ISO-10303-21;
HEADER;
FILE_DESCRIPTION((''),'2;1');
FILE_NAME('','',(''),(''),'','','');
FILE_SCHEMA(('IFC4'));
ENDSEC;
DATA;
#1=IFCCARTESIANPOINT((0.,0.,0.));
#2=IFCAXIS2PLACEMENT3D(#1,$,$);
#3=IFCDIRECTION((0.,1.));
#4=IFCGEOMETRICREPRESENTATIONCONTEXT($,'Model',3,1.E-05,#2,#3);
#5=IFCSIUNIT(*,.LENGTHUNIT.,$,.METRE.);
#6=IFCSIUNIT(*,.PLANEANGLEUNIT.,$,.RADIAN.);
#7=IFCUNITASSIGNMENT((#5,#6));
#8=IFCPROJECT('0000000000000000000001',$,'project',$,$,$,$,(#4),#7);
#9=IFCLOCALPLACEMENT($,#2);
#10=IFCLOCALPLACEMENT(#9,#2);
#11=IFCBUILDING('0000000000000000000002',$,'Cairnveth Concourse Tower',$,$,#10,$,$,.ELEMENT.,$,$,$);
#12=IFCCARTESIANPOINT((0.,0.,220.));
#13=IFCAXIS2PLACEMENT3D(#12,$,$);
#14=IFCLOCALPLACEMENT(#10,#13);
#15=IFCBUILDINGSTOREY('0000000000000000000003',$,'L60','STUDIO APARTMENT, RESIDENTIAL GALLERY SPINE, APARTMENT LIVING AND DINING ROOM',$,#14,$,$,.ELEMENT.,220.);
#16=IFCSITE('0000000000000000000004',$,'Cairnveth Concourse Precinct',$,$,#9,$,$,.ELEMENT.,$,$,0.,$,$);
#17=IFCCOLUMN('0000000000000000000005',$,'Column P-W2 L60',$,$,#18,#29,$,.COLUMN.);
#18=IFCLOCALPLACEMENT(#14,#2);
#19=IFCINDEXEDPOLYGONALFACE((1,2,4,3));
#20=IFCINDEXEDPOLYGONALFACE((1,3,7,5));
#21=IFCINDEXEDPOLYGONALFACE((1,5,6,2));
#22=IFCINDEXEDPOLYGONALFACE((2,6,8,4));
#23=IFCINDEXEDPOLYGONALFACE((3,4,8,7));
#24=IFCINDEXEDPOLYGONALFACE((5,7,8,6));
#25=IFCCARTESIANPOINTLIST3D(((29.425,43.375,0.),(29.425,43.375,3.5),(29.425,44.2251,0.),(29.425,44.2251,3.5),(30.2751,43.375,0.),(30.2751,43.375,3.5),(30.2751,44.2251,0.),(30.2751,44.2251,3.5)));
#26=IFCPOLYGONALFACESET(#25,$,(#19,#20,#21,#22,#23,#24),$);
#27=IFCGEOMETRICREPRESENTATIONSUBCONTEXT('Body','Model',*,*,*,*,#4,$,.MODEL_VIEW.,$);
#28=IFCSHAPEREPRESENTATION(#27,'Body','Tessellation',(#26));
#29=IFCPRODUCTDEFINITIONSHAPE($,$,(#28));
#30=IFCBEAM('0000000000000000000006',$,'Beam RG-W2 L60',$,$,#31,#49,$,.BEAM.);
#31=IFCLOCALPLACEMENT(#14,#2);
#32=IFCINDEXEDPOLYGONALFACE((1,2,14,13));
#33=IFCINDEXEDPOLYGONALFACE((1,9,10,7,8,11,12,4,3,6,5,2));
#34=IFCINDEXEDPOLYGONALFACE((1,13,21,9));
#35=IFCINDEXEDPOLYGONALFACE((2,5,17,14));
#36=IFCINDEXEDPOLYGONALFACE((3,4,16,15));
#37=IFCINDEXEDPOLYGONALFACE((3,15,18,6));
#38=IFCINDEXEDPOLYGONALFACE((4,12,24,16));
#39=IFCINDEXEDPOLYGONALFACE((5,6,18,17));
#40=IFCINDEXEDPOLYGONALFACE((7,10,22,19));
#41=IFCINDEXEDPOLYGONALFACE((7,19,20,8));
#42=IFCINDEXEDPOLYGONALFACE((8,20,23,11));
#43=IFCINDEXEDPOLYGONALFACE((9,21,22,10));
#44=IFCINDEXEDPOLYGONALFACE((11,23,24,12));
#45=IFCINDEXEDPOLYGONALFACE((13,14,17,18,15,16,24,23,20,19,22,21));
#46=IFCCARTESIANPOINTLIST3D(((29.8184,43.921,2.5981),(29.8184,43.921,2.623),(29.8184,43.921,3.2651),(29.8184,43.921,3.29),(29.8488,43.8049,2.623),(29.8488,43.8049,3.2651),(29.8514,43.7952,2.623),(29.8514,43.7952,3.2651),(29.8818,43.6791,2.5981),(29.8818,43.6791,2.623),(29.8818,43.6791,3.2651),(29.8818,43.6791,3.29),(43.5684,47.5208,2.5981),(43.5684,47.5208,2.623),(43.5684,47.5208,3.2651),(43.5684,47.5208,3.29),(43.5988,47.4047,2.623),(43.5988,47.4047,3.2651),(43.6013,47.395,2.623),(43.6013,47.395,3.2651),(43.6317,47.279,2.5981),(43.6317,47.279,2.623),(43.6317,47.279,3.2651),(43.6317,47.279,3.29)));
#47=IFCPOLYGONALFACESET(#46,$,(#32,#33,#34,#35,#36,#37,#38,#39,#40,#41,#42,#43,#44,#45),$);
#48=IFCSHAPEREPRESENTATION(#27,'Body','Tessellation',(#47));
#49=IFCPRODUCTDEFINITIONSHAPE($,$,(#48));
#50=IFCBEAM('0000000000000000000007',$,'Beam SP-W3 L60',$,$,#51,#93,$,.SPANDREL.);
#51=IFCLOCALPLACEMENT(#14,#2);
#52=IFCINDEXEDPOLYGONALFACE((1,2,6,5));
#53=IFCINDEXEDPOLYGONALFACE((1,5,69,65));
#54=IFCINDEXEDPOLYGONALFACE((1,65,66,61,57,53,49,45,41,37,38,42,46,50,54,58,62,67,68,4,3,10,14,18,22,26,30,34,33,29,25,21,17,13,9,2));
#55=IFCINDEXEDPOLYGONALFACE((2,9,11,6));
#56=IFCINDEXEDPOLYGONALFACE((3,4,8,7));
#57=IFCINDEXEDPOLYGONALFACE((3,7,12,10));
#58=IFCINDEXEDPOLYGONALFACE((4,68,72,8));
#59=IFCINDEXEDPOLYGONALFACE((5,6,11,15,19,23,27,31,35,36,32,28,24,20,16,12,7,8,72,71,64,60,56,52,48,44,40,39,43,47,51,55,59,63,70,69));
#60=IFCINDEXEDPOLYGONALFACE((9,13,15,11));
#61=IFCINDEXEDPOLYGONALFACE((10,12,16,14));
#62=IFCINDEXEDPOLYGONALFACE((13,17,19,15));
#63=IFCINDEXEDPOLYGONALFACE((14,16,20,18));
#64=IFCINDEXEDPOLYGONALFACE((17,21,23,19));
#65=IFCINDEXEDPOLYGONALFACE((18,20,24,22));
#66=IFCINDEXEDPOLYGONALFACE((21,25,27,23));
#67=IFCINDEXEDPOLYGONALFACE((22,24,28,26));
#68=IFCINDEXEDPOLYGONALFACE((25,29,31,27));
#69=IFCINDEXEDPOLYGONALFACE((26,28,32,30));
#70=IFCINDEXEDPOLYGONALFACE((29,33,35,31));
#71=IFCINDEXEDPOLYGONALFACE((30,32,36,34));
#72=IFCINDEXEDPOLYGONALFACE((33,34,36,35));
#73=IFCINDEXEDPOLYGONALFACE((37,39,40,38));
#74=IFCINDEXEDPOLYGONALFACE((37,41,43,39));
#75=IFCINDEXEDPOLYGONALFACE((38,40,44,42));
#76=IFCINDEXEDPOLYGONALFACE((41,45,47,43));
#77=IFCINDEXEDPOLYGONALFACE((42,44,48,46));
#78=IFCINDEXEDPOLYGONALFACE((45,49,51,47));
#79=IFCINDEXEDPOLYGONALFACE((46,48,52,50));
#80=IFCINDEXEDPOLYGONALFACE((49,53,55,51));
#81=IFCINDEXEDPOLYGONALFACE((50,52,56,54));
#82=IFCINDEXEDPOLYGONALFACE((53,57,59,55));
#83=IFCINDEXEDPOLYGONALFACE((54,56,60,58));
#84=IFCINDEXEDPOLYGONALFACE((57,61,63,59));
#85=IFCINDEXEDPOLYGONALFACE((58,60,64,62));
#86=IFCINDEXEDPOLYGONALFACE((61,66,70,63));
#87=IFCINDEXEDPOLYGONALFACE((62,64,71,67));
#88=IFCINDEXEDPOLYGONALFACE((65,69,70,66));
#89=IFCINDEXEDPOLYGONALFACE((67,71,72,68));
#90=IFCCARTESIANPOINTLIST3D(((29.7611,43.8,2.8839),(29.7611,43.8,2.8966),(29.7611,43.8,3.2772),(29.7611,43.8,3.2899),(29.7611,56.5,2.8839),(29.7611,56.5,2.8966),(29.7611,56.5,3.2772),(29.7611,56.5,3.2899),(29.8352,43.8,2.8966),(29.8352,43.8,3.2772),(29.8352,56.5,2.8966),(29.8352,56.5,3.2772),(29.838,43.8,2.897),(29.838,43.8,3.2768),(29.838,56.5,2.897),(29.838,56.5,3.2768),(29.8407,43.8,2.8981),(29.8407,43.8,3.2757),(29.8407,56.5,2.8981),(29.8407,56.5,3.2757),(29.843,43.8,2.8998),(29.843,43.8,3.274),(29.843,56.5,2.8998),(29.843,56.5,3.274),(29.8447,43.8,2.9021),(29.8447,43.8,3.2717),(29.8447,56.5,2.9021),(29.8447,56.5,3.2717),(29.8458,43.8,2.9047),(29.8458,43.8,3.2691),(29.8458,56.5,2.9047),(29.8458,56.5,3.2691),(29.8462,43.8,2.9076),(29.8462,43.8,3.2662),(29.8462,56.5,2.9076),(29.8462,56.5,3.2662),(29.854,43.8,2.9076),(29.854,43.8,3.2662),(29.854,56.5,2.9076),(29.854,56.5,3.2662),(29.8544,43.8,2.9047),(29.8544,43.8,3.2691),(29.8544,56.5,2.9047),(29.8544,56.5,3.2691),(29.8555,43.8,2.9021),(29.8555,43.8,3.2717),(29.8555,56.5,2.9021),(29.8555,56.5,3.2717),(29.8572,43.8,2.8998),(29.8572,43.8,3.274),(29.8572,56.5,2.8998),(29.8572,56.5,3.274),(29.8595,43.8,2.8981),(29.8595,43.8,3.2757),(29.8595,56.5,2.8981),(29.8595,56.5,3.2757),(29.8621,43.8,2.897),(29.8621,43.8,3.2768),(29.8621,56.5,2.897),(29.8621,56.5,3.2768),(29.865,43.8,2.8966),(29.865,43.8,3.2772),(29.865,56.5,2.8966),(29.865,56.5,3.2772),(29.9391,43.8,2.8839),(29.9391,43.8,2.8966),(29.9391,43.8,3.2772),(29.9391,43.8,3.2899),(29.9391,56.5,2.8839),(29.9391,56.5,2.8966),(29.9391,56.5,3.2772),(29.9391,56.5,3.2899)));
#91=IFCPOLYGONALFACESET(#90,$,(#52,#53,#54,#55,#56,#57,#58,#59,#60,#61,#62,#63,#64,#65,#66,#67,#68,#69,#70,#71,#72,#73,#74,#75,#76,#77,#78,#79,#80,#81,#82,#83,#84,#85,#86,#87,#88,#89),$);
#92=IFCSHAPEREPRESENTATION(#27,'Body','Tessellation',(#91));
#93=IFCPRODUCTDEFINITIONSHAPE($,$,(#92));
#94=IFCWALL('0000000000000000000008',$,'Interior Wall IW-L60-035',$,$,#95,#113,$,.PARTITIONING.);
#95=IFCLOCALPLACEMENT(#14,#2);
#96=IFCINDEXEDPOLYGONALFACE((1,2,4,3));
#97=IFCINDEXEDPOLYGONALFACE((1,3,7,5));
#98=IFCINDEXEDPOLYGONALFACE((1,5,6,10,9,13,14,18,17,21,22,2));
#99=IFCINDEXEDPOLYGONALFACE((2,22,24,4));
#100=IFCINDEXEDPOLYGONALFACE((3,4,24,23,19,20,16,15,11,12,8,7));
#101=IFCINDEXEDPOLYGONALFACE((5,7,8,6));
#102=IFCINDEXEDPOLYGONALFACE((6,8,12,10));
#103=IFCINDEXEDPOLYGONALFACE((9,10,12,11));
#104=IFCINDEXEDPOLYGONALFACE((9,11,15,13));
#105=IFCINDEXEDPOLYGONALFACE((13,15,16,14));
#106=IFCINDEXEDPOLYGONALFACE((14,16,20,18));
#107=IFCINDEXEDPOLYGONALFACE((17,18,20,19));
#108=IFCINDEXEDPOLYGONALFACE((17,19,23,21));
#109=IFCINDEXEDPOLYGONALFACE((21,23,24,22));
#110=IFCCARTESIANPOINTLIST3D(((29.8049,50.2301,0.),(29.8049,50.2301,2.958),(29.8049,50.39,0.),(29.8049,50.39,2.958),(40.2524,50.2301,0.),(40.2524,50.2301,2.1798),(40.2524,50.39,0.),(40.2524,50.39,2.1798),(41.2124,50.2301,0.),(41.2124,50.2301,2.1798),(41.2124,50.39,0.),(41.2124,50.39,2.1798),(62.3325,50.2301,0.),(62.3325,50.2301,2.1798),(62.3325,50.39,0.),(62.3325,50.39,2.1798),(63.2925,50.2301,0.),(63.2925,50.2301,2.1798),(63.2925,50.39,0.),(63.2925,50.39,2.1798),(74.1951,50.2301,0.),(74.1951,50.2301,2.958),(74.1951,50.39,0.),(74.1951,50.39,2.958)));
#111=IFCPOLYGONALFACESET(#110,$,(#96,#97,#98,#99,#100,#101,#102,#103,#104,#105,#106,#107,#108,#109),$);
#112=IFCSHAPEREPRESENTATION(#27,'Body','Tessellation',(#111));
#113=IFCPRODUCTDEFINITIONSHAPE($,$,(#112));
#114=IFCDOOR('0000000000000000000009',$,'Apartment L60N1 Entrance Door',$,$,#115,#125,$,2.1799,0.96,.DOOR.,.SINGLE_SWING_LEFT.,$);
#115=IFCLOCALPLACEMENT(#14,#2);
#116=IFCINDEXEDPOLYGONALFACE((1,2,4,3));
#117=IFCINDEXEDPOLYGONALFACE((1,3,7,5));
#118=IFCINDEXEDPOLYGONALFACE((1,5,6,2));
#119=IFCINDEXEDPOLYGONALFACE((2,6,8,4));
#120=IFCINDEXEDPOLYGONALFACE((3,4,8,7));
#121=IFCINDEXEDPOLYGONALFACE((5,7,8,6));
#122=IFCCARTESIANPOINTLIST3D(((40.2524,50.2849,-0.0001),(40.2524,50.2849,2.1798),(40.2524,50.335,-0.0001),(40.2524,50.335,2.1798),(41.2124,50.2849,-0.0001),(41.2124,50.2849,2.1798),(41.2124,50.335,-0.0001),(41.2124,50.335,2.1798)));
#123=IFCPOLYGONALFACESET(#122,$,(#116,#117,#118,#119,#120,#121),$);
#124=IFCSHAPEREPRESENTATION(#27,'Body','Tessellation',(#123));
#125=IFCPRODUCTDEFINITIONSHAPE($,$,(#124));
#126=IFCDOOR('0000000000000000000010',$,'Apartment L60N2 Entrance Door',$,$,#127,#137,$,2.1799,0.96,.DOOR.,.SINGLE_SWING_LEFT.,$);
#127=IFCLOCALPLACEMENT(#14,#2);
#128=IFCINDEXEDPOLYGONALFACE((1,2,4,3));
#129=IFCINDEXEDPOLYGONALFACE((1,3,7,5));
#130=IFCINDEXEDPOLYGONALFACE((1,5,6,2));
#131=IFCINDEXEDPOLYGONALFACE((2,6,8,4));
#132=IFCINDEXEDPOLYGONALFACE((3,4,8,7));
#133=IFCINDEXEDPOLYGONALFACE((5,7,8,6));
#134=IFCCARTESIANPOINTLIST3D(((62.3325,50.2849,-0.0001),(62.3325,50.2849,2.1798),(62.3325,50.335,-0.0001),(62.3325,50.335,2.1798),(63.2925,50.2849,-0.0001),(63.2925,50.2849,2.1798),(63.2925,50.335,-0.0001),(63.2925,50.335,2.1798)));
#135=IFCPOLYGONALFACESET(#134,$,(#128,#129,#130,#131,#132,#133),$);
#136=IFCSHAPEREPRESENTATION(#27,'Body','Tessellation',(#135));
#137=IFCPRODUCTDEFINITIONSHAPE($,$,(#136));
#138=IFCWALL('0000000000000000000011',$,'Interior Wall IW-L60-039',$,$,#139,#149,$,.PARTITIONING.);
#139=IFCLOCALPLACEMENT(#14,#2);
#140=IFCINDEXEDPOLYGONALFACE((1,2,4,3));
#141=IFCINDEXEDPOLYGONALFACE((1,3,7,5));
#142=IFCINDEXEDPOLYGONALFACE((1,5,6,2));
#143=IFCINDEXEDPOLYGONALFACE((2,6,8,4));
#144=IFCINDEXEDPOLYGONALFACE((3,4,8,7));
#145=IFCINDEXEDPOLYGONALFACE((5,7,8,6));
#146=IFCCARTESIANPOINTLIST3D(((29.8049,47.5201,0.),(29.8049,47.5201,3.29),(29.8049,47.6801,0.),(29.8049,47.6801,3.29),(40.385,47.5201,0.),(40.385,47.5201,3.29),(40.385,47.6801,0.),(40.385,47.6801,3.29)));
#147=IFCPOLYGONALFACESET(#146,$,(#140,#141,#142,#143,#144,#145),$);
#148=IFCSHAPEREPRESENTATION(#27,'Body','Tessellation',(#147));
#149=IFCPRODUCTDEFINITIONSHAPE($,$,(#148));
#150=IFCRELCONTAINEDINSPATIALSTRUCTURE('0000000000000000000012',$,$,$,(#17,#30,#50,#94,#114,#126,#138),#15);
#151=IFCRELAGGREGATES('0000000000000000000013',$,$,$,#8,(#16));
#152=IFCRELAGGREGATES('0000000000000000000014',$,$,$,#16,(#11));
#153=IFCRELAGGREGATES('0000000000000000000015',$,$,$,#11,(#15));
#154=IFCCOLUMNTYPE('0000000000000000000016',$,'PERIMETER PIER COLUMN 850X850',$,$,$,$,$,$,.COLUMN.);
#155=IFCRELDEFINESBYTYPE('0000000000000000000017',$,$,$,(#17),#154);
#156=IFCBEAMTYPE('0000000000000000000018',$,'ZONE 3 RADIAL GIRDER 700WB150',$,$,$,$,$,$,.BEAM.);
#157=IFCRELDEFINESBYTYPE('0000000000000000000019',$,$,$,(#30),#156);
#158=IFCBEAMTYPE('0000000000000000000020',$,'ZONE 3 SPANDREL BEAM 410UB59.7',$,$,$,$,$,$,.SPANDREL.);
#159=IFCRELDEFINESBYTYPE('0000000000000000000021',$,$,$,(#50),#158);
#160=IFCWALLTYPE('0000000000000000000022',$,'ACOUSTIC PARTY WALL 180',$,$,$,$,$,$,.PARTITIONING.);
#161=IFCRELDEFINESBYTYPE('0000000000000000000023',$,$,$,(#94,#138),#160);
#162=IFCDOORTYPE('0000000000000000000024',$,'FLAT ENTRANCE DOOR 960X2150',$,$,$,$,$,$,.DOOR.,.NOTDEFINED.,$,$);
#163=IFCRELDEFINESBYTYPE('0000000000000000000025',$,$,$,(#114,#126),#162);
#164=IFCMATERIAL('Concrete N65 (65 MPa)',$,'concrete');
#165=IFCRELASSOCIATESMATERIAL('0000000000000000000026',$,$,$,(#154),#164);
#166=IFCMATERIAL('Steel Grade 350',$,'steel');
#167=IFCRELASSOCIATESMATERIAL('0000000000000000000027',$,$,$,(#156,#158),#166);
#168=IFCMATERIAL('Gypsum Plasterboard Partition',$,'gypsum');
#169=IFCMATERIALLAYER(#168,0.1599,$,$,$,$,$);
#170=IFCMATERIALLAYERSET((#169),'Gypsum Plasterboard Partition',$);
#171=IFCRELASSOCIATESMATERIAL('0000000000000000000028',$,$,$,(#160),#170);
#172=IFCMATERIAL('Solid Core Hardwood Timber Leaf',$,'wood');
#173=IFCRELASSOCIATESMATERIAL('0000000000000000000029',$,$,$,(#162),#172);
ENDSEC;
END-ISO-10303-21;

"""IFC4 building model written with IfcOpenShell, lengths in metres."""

from ifc_helpers import new_model, si_unit, direction, frame, frame_2d, origin, origin_2d, place, context, subcontext, project, spatial, rectangle, i_section, extrude, material, layer, layer_set, material_profile, profile_set, type_object, element, fill, save


model = new_model("IFC4")

# Units and contexts
model_context = context("Model", 3, precision=1e-05, world=origin(), true_north=direction((0.0, 1.0)))
body_context = subcontext(model_context, "Body", "Model", "MODEL_VIEW")
ifc_project = project(units=[si_unit("LENGTHUNIT", "METRE"), si_unit("PLANEANGLEUNIT", "RADIAN")], contexts=[model_context])

# Site, building, storey
site_placement = place(None, origin())
site = spatial("IfcSite", under=ifc_project, at=site_placement, Name="Cairnveth Concourse Precinct", CompositionType="ELEMENT", RefElevation=0.0)
building_placement = place(site_placement, origin())
building = spatial("IfcBuilding", under=site, at=building_placement, Name="Cairnveth Concourse Tower", CompositionType="ELEMENT")
storey_placement = place(building_placement, frame((0.0, 0.0, 220.0)))
storey = spatial("IfcBuildingStorey", under=building, at=storey_placement, Name="L60", Description="STUDIO APARTMENT, RESIDENTIAL GALLERY SPINE, APARTMENT LIVING AND DINING ROOM", CompositionType="ELEMENT", Elevation=220.0)

# Column
ifc_material_1 = material(Name="Concrete N65 (65 MPa)", Category="concrete")
ifc_material_profile_1 = material_profile(ifc_material_1, rectangle(XDim=0.8501, YDim=0.8501, at=origin_2d()), Name="RC-COL-850x850")
ifc_profile_set_1 = profile_set([ifc_material_profile_1], Name="Concrete N65 (65 MPa)")
column_type = type_object("IfcColumnType", Name="PERIMETER PIER COLUMN 850X850", PredefinedType="COLUMN", material=ifc_profile_set_1)
column_placement = place(storey_placement, frame((29.8501, 43.8, 0.0), z_axis=(0.0, 0.0, 1.0), x_axis=(0.0, 1.0, 0.0)))
element("IfcColumn", 1, at=column_placement, inside=storey, type_object=column_type, Name="Column P-W2 L60", PredefinedType="COLUMN", context=body_context, shape_type="SweptSolid", body=[
    extrude(rectangle(XDim=0.8501, YDim=0.8501, at=origin_2d()), origin(), (0.0, 0.0, 1.0), 3.5),
])

# Beams
ifc_material_2 = material(Name="Steel Grade 350", Category="steel")
ifc_material_profile_2 = material_profile(ifc_material_2, i_section(OverallWidth=0.25, OverallDepth=0.6919, WebThickness=0.01, FlangeThickness=0.0249, at=origin_2d()), Name="700WB150")
ifc_profile_set_2 = profile_set([ifc_material_profile_2], Name="Steel Grade 350")
beam_type_1 = type_object("IfcBeamType", Name="ZONE 3 RADIAL GIRDER 700WB150", PredefinedType="BEAM", material=ifc_profile_set_2)
beam_1_placement = place(storey_placement, frame((29.8501, 43.8, 2.9441), z_axis=(0.967395, 0.253271, 0.0), x_axis=(-0.253271, 0.967395, 0.0)))
element("IfcBeam", 2, at=beam_1_placement, inside=storey, type_object=beam_type_1, Name="Beam RG-W2 L60", PredefinedType="BEAM", context=body_context, shape_type="SweptSolid", body=[
    extrude(i_section(OverallWidth=0.25, OverallDepth=0.6919, WebThickness=0.01, FlangeThickness=0.0249, at=origin_2d()), origin(), (0.0, 0.0, 1.0), 14.2134),
])
ifc_material_profile_3 = material_profile(ifc_material_2, i_section(OverallWidth=0.178, OverallDepth=0.406, WebThickness=0.0078, FlangeThickness=0.0127, FilletRadius=0.011, at=origin_2d()), Name="410UB59.7")
ifc_profile_set_3 = profile_set([ifc_material_profile_3], Name="Steel Grade 350")
beam_type_2 = type_object("IfcBeamType", Name="ZONE 3 SPANDREL BEAM 410UB59.7", PredefinedType="SPANDREL", material=ifc_profile_set_3)
beam_2_placement = place(storey_placement, frame((29.8501, 43.8, 3.0869), z_axis=(0.0, 1.0, 0.0), x_axis=(-1.0, 0.0, 0.0)))
element("IfcBeam", 3, at=beam_2_placement, inside=storey, type_object=beam_type_2, Name="Beam SP-W3 L60", PredefinedType="SPANDREL", context=body_context, shape_type="SweptSolid", body=[
    extrude(i_section(OverallWidth=0.178, OverallDepth=0.406, WebThickness=0.0078, FlangeThickness=0.0127, FilletRadius=0.011, at=origin_2d()), origin(), (0.0, 0.0, 1.0), 12.7),
])

# Wall, openings, doors
ifc_material_3 = material(Name="Gypsum Plasterboard Partition", Category="gypsum")
ifc_layer_1 = layer(ifc_material_3, 0.1599)
ifc_layer_set_1 = layer_set([ifc_layer_1], Name="Gypsum Plasterboard Partition")
wall_type_1 = type_object("IfcWallType", Name="ACOUSTIC PARTY WALL 180", PredefinedType="PARTITIONING", material=ifc_layer_set_1)
wall_1_placement = place(storey_placement, frame((29.8049, 50.3101, 0.0), z_axis=(0.0, 0.0, 1.0), x_axis=(1.0, 0.0, 0.0)))
wall_1 = element("IfcWall", 4, at=wall_1_placement, inside=storey, type_object=wall_type_1, Name="Interior Wall IW-L60-035", PredefinedType="PARTITIONING", context=body_context, shape_type="SweptSolid", body=[
    extrude(rectangle(XDim=44.3901, YDim=0.1599, at=frame_2d((22.1951, 0.0))), origin(), (0.0, 0.0, 1.0), 2.958),
])
opening_1_placement = place(wall_1_placement, frame((10.4475, 0.0, 0.0)))
opening_1 = element("IfcOpeningElement", 5, at=opening_1_placement, cuts=wall_1, PredefinedType="OPENING", context=body_context, shape_type="SweptSolid", body=[
    extrude(rectangle(XDim=0.96, YDim=2.1799, at=frame_2d((0.48, 1.0898))), frame((0.0, 0.0898, 0.0), z_axis=(0.0, -1.0, 0.0), x_axis=(1.0, 0.0, 0.0)), (0.0, 0.0, 1.0), 0.1799),
])
opening_2_placement = place(wall_1_placement, frame((32.5276, 0.0, 0.0)))
opening_2 = element("IfcOpeningElement", 6, at=opening_2_placement, cuts=wall_1, PredefinedType="OPENING", context=body_context, shape_type="SweptSolid", body=[
    extrude(rectangle(XDim=0.96, YDim=2.1799, at=frame_2d((0.48, 1.0898))), frame((0.0, 0.0898, 0.0), z_axis=(0.0, -1.0, 0.0), x_axis=(1.0, 0.0, 0.0)), (0.0, 0.0, 1.0), 0.1799),
])
ifc_material_4 = material(Name="Solid Core Hardwood Timber Leaf", Category="wood")
door_type_1 = type_object("IfcDoorType", Name="FLAT ENTRANCE DOOR 960X2150", OperationType="NOTDEFINED", PredefinedType="DOOR", material=ifc_material_4)
door_1_placement = place(opening_1_placement, origin())
door_1 = element("IfcDoor", 7, at=door_1_placement, inside=storey, type_object=door_type_1, Name="Apartment L60N1 Entrance Door", OperationType="SINGLE_SWING_LEFT", OverallHeight=2.1799, OverallWidth=0.96, PredefinedType="DOOR", context=body_context, shape_type="SweptSolid", body=[
    extrude(rectangle(XDim=0.96, YDim=2.1799, at=frame_2d((0.48, 1.0898))), frame((0.0, 0.0249, 0.0), z_axis=(0.0, -1.0, 0.0), x_axis=(1.0, 0.0, 0.0)), (0.0, 0.0, 1.0), 0.05),
])
fill(opening_1, door_1)
door_2_placement = place(opening_2_placement, origin())
door_2 = element("IfcDoor", 8, at=door_2_placement, inside=storey, type_object=door_type_1, Name="Apartment L60N2 Entrance Door", OperationType="SINGLE_SWING_LEFT", OverallHeight=2.1799, OverallWidth=0.96, PredefinedType="DOOR", context=body_context, shape_type="SweptSolid", body=[
    extrude(rectangle(XDim=0.96, YDim=2.1799, at=frame_2d((0.48, 1.0898))), frame((0.0, 0.0249, 0.0), z_axis=(0.0, -1.0, 0.0), x_axis=(1.0, 0.0, 0.0)), (0.0, 0.0, 1.0), 0.05),
])
fill(opening_2, door_2)

# Wall
wall_2_placement = place(storey_placement, frame((29.8049, 47.6001, 0.0), z_axis=(0.0, 0.0, 1.0), x_axis=(1.0, 0.0, 0.0)))
element("IfcWall", 9, at=wall_2_placement, inside=storey, type_object=wall_type_1, Name="Interior Wall IW-L60-039", PredefinedType="PARTITIONING", context=body_context, shape_type="SweptSolid", body=[
    extrude(rectangle(XDim=10.5801, YDim=0.1599, at=frame_2d((5.29, 0.0))), origin(), (0.0, 0.0, 1.0), 3.29),
])

save(model, "model.ifc")
